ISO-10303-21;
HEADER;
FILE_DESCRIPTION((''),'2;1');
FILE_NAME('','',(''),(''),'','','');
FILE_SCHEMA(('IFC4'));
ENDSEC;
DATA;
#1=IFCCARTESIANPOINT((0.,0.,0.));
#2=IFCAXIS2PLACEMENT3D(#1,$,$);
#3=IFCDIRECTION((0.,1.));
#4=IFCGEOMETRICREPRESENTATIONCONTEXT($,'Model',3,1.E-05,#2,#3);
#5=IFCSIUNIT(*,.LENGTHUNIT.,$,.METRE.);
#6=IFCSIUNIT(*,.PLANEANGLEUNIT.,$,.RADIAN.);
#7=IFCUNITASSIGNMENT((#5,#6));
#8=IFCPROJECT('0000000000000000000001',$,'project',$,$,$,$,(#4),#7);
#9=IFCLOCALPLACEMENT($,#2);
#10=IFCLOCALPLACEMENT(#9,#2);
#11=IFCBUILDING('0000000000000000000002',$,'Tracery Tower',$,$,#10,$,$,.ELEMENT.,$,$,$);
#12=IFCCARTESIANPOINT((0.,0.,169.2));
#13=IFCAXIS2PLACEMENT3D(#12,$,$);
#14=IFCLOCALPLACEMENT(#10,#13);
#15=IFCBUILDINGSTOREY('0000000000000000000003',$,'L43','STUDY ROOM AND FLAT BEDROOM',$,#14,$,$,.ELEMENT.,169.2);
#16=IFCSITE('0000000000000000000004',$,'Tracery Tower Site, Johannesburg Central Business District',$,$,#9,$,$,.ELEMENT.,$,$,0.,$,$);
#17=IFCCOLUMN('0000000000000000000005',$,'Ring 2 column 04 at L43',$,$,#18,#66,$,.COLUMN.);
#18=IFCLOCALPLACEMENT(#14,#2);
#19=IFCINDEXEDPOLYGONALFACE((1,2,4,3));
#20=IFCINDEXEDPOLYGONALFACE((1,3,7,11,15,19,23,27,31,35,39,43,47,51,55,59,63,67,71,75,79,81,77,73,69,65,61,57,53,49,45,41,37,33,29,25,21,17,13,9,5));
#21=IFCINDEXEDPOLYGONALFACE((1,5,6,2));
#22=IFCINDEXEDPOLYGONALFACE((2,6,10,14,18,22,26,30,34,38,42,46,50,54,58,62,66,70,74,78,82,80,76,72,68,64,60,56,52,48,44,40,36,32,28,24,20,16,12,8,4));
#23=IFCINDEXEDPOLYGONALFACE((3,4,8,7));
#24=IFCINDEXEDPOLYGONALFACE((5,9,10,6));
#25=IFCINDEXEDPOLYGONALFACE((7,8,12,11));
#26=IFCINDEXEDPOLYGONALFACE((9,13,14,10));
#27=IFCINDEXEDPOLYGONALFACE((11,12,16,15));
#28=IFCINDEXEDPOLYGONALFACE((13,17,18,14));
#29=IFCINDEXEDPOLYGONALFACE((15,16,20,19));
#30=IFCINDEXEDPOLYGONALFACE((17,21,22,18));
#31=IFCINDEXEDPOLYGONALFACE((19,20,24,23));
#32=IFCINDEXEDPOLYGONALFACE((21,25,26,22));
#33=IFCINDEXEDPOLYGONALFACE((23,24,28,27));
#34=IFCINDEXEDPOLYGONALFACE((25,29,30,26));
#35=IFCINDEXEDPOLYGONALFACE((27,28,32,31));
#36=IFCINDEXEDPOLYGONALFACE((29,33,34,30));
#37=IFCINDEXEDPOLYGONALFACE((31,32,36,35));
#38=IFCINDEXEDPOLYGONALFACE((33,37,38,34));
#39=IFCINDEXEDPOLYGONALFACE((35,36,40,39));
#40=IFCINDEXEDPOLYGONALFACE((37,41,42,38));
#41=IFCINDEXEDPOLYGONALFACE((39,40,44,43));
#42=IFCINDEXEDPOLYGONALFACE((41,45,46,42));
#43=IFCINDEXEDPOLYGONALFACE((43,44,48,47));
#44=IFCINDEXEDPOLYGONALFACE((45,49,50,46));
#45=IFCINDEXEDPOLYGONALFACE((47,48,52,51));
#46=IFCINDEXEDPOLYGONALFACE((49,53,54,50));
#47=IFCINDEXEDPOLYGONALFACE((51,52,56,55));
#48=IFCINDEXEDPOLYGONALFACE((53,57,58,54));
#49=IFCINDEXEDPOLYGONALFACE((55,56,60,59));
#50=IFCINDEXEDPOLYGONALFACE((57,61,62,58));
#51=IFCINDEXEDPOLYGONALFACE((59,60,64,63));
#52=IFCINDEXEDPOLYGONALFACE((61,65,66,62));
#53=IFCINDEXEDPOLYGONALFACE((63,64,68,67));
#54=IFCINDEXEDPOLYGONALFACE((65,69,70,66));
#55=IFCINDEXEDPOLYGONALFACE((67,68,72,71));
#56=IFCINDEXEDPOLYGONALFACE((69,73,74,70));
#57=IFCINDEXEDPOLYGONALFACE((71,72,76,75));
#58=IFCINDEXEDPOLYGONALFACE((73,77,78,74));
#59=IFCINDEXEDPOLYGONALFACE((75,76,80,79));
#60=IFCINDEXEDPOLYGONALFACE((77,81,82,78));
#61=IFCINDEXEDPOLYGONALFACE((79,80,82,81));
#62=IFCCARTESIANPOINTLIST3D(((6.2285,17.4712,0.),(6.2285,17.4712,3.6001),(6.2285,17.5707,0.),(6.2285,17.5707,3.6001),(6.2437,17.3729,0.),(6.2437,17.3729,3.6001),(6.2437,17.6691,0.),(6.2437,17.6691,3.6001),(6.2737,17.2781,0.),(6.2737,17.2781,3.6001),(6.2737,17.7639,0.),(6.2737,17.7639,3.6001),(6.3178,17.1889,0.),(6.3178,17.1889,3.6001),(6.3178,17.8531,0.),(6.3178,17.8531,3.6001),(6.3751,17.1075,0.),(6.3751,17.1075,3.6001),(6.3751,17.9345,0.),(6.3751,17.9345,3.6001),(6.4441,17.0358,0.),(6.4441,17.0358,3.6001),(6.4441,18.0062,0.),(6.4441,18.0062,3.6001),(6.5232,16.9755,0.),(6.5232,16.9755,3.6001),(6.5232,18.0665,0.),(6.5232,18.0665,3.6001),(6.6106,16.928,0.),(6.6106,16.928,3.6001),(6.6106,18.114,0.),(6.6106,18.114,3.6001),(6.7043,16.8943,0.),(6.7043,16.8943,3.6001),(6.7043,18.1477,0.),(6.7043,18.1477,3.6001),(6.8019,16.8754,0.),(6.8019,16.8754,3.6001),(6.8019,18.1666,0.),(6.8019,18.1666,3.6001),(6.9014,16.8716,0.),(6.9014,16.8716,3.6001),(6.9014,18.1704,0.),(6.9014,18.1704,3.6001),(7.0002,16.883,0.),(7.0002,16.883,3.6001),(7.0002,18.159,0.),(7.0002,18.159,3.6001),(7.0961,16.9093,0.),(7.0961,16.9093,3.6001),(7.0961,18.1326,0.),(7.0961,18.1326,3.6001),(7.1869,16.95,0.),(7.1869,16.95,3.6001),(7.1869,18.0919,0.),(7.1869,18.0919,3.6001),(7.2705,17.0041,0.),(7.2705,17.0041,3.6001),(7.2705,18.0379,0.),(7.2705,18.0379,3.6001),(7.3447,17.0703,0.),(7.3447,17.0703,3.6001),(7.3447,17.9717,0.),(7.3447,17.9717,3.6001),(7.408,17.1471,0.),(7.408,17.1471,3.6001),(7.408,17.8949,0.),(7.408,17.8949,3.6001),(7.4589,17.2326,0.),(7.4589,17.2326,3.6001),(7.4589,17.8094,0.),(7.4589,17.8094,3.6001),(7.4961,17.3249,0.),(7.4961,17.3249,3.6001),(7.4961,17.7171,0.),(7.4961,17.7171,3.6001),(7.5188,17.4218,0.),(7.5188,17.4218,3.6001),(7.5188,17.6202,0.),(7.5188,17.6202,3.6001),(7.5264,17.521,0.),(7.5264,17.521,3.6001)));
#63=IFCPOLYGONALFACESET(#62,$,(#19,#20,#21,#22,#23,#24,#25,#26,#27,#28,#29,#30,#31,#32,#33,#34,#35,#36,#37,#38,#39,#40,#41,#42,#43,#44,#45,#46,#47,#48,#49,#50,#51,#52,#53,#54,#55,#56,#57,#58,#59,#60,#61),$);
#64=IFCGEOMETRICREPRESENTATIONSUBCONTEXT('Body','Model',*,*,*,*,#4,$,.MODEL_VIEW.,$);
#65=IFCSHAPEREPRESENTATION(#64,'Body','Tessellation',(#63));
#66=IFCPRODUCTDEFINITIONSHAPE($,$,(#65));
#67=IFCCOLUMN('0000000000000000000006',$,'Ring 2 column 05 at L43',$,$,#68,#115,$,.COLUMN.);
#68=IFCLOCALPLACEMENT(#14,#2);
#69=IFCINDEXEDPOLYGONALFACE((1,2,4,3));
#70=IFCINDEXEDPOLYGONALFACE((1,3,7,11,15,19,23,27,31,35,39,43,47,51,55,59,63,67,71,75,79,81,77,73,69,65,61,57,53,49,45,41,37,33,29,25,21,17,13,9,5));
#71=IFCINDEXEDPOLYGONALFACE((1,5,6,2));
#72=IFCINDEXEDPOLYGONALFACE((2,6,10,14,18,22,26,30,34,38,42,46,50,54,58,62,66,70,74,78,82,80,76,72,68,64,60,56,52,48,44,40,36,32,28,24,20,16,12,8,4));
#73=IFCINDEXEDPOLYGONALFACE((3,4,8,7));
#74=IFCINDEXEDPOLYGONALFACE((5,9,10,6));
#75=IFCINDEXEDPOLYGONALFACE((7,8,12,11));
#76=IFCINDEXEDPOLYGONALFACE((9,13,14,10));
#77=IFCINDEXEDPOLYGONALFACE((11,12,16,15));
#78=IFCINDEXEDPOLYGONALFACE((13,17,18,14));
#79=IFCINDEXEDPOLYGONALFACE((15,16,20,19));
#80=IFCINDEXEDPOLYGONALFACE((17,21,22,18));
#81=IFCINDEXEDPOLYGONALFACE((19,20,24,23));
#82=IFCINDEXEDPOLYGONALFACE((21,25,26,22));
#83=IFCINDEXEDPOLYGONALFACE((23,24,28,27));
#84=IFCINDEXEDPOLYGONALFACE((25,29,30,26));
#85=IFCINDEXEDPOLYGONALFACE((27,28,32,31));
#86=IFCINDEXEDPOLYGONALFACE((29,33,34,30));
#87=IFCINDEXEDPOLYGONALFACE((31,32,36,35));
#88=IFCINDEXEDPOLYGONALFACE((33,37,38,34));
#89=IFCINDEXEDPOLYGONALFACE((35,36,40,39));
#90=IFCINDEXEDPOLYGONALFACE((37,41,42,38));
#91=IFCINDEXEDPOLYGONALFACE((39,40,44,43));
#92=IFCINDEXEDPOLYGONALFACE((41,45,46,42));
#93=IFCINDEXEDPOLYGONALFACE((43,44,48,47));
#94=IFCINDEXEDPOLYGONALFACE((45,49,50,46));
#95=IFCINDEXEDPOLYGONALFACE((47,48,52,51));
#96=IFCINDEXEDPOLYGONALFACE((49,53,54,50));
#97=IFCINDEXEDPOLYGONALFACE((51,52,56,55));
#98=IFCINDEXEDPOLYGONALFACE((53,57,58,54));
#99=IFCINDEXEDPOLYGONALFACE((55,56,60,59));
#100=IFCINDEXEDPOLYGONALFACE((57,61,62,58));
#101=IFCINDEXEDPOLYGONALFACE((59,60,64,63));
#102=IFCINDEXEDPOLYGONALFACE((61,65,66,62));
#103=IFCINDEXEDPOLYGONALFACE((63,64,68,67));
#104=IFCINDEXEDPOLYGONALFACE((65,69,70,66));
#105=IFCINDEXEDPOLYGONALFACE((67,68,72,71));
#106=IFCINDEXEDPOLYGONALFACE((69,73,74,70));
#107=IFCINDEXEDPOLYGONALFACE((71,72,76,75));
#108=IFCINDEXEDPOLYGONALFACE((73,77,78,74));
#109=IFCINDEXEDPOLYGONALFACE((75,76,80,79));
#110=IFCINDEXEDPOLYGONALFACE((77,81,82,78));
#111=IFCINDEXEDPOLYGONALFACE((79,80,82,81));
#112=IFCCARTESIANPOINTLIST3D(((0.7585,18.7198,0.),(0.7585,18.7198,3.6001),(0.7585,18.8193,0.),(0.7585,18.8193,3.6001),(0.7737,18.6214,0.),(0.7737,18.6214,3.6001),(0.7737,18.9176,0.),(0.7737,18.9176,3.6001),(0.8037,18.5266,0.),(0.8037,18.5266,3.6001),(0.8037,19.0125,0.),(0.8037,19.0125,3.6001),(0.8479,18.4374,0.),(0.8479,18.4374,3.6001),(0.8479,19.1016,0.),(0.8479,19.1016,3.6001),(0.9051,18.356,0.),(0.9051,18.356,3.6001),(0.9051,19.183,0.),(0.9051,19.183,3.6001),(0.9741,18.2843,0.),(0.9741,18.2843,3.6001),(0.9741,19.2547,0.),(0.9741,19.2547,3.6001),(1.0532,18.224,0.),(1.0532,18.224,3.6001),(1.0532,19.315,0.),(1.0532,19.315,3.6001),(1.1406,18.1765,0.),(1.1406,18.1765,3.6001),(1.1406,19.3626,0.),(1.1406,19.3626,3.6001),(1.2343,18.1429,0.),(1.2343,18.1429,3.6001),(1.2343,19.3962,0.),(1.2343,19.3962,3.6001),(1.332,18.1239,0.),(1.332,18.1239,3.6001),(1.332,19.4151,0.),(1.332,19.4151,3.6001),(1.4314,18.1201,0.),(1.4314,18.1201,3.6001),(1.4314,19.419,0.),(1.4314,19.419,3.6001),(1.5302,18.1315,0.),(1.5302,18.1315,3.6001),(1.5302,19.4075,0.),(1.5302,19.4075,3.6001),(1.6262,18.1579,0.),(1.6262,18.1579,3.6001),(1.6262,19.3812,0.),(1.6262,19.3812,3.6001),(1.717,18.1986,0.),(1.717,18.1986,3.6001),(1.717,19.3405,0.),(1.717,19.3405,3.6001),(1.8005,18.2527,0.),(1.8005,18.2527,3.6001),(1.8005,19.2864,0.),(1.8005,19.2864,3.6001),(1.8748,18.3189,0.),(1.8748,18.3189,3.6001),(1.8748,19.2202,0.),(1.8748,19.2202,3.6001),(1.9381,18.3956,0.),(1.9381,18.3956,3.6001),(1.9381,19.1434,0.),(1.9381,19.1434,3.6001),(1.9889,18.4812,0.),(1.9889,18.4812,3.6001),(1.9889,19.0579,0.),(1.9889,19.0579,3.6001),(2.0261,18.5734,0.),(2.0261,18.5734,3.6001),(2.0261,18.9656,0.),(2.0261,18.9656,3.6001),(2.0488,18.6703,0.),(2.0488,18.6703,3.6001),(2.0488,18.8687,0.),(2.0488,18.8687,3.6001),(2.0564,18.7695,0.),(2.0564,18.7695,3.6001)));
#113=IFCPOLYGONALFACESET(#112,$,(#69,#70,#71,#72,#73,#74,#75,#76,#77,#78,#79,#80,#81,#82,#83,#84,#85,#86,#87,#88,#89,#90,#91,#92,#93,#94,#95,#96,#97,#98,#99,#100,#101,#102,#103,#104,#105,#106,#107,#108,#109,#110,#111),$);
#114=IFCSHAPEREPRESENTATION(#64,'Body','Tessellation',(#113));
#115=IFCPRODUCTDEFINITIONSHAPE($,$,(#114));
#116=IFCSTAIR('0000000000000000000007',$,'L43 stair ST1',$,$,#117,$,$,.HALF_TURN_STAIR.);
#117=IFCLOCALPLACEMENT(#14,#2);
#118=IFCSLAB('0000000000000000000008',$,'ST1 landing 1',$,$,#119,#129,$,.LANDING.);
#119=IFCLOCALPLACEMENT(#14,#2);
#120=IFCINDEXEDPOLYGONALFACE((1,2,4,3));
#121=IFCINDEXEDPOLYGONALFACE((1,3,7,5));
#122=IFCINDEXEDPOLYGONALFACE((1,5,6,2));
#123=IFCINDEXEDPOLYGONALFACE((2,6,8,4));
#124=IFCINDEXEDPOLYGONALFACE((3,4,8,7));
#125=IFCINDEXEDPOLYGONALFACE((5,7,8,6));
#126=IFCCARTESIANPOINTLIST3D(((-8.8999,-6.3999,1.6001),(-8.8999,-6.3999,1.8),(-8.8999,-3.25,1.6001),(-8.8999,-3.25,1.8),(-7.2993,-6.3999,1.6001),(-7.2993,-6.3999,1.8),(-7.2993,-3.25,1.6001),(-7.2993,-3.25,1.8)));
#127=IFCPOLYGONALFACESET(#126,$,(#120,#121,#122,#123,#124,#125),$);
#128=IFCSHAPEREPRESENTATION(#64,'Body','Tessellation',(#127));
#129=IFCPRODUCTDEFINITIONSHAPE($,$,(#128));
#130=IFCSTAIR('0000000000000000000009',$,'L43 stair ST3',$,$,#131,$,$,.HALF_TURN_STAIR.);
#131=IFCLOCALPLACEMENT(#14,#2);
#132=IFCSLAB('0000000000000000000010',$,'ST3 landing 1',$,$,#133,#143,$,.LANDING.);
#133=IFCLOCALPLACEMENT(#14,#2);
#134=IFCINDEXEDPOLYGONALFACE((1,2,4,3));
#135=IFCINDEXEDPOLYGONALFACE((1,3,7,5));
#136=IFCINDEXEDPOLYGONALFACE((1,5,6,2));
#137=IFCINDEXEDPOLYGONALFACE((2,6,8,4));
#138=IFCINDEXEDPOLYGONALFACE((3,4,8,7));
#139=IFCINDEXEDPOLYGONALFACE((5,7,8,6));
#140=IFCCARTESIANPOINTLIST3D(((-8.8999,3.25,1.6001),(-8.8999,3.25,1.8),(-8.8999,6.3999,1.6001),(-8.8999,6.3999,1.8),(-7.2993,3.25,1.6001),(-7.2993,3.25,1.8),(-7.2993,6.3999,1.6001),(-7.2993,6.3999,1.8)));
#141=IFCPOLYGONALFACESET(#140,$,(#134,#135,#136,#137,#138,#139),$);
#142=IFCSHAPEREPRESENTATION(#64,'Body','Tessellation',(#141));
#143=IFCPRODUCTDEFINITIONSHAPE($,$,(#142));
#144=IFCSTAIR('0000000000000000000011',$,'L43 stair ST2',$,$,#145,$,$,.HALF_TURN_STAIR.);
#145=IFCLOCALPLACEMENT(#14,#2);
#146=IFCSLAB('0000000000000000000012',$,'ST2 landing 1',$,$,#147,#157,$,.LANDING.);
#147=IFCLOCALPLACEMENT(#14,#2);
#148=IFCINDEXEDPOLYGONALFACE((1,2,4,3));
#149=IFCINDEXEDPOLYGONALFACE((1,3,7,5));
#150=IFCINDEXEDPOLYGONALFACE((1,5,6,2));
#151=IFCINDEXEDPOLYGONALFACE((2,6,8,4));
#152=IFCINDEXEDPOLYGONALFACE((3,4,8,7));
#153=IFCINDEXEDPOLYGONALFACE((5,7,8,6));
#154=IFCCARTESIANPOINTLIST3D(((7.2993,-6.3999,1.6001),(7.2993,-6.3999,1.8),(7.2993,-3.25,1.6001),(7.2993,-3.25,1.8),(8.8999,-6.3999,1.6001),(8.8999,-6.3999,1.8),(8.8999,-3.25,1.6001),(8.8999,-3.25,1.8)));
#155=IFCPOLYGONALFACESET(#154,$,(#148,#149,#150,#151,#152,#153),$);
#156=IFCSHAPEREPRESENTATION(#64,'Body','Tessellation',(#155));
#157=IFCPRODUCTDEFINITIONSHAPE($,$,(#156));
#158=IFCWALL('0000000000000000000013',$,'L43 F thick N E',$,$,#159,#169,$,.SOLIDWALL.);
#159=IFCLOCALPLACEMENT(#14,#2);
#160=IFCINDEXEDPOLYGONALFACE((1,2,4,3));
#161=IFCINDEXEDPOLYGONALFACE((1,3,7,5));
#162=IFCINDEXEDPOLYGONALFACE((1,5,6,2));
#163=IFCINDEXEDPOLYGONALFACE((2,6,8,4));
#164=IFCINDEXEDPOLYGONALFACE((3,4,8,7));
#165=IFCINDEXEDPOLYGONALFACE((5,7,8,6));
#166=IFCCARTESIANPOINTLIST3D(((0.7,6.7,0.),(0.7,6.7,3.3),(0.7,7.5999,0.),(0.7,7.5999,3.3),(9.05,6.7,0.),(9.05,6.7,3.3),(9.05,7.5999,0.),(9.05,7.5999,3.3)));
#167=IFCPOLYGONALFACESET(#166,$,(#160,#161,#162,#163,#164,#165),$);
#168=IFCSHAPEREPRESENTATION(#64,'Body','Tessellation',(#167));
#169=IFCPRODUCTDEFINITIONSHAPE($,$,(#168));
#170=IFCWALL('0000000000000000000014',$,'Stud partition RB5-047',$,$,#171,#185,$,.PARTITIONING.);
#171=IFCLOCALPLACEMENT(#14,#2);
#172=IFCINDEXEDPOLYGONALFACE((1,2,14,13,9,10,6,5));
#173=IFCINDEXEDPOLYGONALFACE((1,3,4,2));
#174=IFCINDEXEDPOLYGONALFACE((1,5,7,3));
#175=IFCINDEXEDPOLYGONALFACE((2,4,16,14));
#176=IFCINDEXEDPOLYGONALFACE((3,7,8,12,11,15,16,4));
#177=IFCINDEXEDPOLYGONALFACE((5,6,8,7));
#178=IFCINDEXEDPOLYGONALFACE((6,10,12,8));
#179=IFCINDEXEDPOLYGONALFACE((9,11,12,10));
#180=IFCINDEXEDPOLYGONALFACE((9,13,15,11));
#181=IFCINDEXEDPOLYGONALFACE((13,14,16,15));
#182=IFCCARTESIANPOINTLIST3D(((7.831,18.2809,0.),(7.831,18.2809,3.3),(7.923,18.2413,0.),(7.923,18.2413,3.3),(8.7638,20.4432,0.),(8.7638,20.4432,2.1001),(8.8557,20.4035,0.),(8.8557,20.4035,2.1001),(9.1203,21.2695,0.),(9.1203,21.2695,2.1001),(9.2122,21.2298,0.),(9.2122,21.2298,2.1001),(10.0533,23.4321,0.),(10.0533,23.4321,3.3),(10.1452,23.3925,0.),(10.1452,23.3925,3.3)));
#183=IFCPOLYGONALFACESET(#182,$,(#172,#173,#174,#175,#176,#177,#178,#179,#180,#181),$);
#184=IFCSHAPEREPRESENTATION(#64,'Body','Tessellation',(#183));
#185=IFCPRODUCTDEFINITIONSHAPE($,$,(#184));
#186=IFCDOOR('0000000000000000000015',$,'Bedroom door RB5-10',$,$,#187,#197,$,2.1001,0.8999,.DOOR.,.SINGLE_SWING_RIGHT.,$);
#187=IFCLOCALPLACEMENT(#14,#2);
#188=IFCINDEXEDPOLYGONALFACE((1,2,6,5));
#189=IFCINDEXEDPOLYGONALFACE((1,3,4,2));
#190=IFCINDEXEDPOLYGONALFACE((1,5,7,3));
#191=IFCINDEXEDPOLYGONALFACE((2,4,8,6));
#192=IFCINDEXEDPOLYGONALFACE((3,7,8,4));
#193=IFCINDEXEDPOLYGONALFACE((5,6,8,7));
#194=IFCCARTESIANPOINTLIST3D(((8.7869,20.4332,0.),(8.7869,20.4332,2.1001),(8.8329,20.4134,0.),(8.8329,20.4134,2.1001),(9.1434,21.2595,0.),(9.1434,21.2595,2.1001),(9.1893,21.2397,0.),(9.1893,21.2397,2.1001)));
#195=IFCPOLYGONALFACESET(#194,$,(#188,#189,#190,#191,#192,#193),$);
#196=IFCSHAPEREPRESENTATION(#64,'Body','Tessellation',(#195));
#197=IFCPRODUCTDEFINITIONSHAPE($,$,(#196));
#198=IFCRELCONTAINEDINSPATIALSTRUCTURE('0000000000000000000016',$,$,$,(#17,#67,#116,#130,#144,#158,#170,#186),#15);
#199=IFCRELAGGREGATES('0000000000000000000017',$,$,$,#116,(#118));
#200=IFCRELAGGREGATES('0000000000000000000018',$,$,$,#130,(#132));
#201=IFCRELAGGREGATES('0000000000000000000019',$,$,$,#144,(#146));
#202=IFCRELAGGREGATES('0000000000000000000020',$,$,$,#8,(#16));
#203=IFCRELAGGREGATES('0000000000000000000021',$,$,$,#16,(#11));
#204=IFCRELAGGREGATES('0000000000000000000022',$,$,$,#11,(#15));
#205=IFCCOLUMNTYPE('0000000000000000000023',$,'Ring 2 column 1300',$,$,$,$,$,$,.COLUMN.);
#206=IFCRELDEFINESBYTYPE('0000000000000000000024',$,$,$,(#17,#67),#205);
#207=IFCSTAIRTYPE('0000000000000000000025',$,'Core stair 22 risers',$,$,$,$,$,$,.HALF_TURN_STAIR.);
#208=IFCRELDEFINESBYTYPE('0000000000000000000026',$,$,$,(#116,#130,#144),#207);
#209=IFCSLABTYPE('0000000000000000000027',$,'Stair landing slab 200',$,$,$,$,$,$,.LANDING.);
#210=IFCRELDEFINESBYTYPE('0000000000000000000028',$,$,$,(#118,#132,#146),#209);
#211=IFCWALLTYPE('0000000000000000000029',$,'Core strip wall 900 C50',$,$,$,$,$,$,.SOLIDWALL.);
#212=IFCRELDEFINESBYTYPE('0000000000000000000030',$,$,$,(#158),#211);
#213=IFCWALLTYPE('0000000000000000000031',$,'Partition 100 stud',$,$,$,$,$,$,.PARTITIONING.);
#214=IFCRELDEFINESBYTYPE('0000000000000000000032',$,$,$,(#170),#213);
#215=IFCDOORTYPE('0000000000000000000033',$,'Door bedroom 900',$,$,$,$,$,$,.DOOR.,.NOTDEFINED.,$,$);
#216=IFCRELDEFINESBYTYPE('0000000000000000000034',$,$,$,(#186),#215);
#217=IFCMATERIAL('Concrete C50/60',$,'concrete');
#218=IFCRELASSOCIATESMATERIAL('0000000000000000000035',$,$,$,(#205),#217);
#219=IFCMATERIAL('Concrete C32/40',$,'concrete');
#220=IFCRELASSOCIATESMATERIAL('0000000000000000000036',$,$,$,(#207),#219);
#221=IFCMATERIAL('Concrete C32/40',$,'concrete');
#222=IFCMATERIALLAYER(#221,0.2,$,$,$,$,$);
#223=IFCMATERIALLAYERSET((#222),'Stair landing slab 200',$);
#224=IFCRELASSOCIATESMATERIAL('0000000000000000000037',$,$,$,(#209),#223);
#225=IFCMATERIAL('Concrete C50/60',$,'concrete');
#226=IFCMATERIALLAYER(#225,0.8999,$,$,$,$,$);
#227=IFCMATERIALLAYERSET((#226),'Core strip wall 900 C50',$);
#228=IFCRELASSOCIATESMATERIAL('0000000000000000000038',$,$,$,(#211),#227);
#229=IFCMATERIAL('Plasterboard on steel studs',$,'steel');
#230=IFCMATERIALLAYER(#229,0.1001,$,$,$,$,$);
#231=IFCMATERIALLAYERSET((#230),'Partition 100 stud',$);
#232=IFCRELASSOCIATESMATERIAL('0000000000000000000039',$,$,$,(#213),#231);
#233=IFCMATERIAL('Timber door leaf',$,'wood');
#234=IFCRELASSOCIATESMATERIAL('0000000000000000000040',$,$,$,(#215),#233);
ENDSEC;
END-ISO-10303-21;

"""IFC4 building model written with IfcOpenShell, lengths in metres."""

from ifc_helpers import new_model, si_unit, direction, frame, frame_2d, origin, origin_2d, place, context, subcontext, project, spatial, polyline, rectangle, circle, outline, extrude, material, layer, layer_set, material_profile, profile_set, type_object, element, fill, aggregate, save


model = new_model("IFC4")

# Units and contexts
model_context = context("Model", 3, precision=1e-05, world=origin(), true_north=direction((0.0, 1.0)))
body_context = subcontext(model_context, "Body", "Model", "MODEL_VIEW")
ifc_project = project(units=[si_unit("LENGTHUNIT", "METRE"), si_unit("PLANEANGLEUNIT", "RADIAN")], contexts=[model_context])

# Site, building, storey
site_placement = place(None, origin())
site = spatial("IfcSite", under=ifc_project, at=site_placement, Name="Tracery Tower Site, Johannesburg Central Business District", CompositionType="ELEMENT", RefElevation=0.0)
building_placement = place(site_placement, origin())
building = spatial("IfcBuilding", under=site, at=building_placement, Name="Tracery Tower", CompositionType="ELEMENT")
storey_placement = place(building_placement, frame((0.0, 0.0, 169.2)))
storey = spatial("IfcBuildingStorey", under=building, at=storey_placement, Name="L43", Description="STUDY ROOM AND FLAT BEDROOM", CompositionType="ELEMENT", Elevation=169.2)

# Columns
ifc_material_1 = material(Name="Concrete C50/60", Category="concrete")
ifc_material_profile = material_profile(ifc_material_1, circle(Radius=0.6499, at=origin_2d()), Name="RC D1300")
ifc_profile_set = profile_set([ifc_material_profile], Name="Concrete C50/60")
column_type = type_object("IfcColumnType", Name="Ring 2 column 1300", PredefinedType="COLUMN", material=ifc_profile_set)
for number, where, z_axis, x_axis, name in (
    (1, (6.8765, 17.521, 0.0), (0.0, 0.0, 1.0), (1.0, 0.0, 0.0), "Ring 2 column 04 at L43"),
    (2, (1.4065, 18.7695, 0.0), (0.0, 0.0, 1.0), (1.0, 0.0, 0.0), "Ring 2 column 05 at L43"),
):
    element("IfcColumn", number, at=place(storey_placement, frame(where, z_axis=z_axis, x_axis=x_axis)), inside=storey, type_object=column_type, Name=name, PredefinedType="COLUMN", context=body_context, shape_type="SweptSolid", body=[
        extrude(circle(Radius=0.6499, at=origin_2d()), origin(), (0.0, 0.0, 1.0), 3.6001),
    ])

# Stairs, slabs
ifc_material_2 = material(Name="Concrete C32/40", Category="concrete")
stair_type = type_object("IfcStairType", Name="Core stair 22 risers", PredefinedType="HALF_TURN_STAIR", material=ifc_material_2)
stair_1_placement = place(storey_placement, origin())
stair_1 = element("IfcStair", 3, at=stair_1_placement, inside=storey, type_object=stair_type, Name="L43 stair ST1", PredefinedType="HALF_TURN_STAIR")
ifc_material_3 = material(Name="Concrete C32/40", Category="concrete")
ifc_layer_1 = layer(ifc_material_3, 0.2)
ifc_layer_set_1 = layer_set([ifc_layer_1], Name="Stair landing slab 200")
slab_type = type_object("IfcSlabType", Name="Stair landing slab 200", PredefinedType="LANDING", material=ifc_layer_set_1)
slab_1_placement = place(storey_placement, frame((0.0, 0.0, 1.6001)))
slab_1 = element("IfcSlab", 4, at=slab_1_placement, type_object=slab_type, Name="ST1 landing 1", PredefinedType="LANDING", context=body_context, shape_type="SweptSolid", body=[
    extrude(outline(polyline([(-7.2993, -3.25), (-8.8999, -3.25), (-8.8999, -6.3999), (-7.2993, -6.3999), (-7.2993, -3.25)])), origin(), (0.0, 0.0, 1.0), 0.2),
])
aggregate(stair_1, [slab_1])
stair_2_placement = place(storey_placement, origin())
stair_2 = element("IfcStair", 5, at=stair_2_placement, inside=storey, type_object=stair_type, Name="L43 stair ST3", PredefinedType="HALF_TURN_STAIR")
slab_2_placement = place(storey_placement, frame((0.0, 0.0, 1.6001)))
slab_2 = element("IfcSlab", 6, at=slab_2_placement, type_object=slab_type, Name="ST3 landing 1", PredefinedType="LANDING", context=body_context, shape_type="SweptSolid", body=[
    extrude(outline(polyline([(-7.2993, 6.3999), (-8.8999, 6.3999), (-8.8999, 3.25), (-7.2993, 3.25), (-7.2993, 6.3999)])), origin(), (0.0, 0.0, 1.0), 0.2),
])
aggregate(stair_2, [slab_2])
stair_3_placement = place(storey_placement, origin())
stair_3 = element("IfcStair", 7, at=stair_3_placement, inside=storey, type_object=stair_type, Name="L43 stair ST2", PredefinedType="HALF_TURN_STAIR")
slab_3_placement = place(storey_placement, frame((0.0, 0.0, 1.6001)))
slab_3 = element("IfcSlab", 8, at=slab_3_placement, type_object=slab_type, Name="ST2 landing 1", PredefinedType="LANDING", context=body_context, shape_type="SweptSolid", body=[
    extrude(outline(polyline([(7.2993, -6.3999), (8.8999, -6.3999), (8.8999, -3.25), (7.2993, -3.25), (7.2993, -6.3999)])), origin(), (0.0, 0.0, 1.0), 0.2),
])
aggregate(stair_3, [slab_3])

# Wall
ifc_material_4 = material(Name="Concrete C50/60", Category="concrete")
ifc_layer_2 = layer(ifc_material_4, 0.8999)
ifc_layer_set_2 = layer_set([ifc_layer_2], Name="Core strip wall 900 C50")
wall_type_1 = type_object("IfcWallType", Name="Core strip wall 900 C50", PredefinedType="SOLIDWALL", material=ifc_layer_set_2)
wall_1_placement = place(storey_placement, frame((0.7, 7.1499, 0.0), z_axis=(0.0, 0.0, 1.0), x_axis=(1.0, 0.0, 0.0)))
element("IfcWall", 9, at=wall_1_placement, inside=storey, type_object=wall_type_1, Name="L43 F thick N E", PredefinedType="SOLIDWALL", context=body_context, shape_type="SweptSolid", body=[
    extrude(rectangle(XDim=8.3501, YDim=0.8999, at=frame_2d((4.175, 0.0))), origin(), (0.0, 0.0, 1.0), 3.3),
])

# Wall, opening, door
ifc_material_5 = material(Name="Plasterboard on steel studs", Category="steel")
ifc_layer_3 = layer(ifc_material_5, 0.1001)
ifc_layer_set_3 = layer_set([ifc_layer_3], Name="Partition 100 stud")
wall_type_2 = type_object("IfcWallType", Name="Partition 100 stud", PredefinedType="PARTITIONING", material=ifc_layer_set_3)
wall_2_placement = place(storey_placement, frame((7.877, 18.261, 0.0), z_axis=(0.0, 0.0, 1.0), x_axis=(0.396108, 0.918204, 0.0)))
wall_2 = element("IfcWall", 10, at=wall_2_placement, inside=storey, type_object=wall_type_2, Name="Stud partition RB5-047", PredefinedType="PARTITIONING", context=body_context, shape_type="SweptSolid", body=[
    extrude(rectangle(XDim=5.6101, YDim=0.1001, at=frame_2d((2.8052, 0.0))), origin(), (0.0, 0.0, 1.0), 3.3),
])
opening_1_placement = place(wall_2_placement, frame((2.355, 0.0, 0.0)))
opening_1 = element("IfcOpeningElement", 11, at=opening_1_placement, cuts=wall_2, PredefinedType="OPENING", context=body_context, shape_type="SweptSolid", body=[
    extrude(rectangle(XDim=0.8999, YDim=2.1001, at=frame_2d((0.45, 1.05))), frame((0.0, 0.05, 0.0), z_axis=(0.0, -1.0, 0.0), x_axis=(1.0, 0.0, 0.0)), (0.0, 0.0, 1.0), 0.1001),
])
ifc_material_6 = material(Name="Timber door leaf", Category="wood")
door_type_1 = type_object("IfcDoorType", Name="Door bedroom 900", OperationType="NOTDEFINED", PredefinedType="DOOR", material=ifc_material_6)
door_1_placement = place(opening_1_placement, origin())
door_1 = element("IfcDoor", 12, at=door_1_placement, inside=storey, type_object=door_type_1, Name="Bedroom door RB5-10", OperationType="SINGLE_SWING_RIGHT", OverallHeight=2.1001, OverallWidth=0.8999, PredefinedType="DOOR", context=body_context, shape_type="SweptSolid", body=[
    extrude(rectangle(XDim=0.8999, YDim=2.1001, at=frame_2d((0.45, 1.05))), frame((0.0, 0.0249, 0.0), z_axis=(0.0, -1.0, 0.0), x_axis=(1.0, 0.0, 0.0)), (0.0, 0.0, 1.0), 0.05),
])
fill(opening_1, door_1)

save(model, "model.ifc")
